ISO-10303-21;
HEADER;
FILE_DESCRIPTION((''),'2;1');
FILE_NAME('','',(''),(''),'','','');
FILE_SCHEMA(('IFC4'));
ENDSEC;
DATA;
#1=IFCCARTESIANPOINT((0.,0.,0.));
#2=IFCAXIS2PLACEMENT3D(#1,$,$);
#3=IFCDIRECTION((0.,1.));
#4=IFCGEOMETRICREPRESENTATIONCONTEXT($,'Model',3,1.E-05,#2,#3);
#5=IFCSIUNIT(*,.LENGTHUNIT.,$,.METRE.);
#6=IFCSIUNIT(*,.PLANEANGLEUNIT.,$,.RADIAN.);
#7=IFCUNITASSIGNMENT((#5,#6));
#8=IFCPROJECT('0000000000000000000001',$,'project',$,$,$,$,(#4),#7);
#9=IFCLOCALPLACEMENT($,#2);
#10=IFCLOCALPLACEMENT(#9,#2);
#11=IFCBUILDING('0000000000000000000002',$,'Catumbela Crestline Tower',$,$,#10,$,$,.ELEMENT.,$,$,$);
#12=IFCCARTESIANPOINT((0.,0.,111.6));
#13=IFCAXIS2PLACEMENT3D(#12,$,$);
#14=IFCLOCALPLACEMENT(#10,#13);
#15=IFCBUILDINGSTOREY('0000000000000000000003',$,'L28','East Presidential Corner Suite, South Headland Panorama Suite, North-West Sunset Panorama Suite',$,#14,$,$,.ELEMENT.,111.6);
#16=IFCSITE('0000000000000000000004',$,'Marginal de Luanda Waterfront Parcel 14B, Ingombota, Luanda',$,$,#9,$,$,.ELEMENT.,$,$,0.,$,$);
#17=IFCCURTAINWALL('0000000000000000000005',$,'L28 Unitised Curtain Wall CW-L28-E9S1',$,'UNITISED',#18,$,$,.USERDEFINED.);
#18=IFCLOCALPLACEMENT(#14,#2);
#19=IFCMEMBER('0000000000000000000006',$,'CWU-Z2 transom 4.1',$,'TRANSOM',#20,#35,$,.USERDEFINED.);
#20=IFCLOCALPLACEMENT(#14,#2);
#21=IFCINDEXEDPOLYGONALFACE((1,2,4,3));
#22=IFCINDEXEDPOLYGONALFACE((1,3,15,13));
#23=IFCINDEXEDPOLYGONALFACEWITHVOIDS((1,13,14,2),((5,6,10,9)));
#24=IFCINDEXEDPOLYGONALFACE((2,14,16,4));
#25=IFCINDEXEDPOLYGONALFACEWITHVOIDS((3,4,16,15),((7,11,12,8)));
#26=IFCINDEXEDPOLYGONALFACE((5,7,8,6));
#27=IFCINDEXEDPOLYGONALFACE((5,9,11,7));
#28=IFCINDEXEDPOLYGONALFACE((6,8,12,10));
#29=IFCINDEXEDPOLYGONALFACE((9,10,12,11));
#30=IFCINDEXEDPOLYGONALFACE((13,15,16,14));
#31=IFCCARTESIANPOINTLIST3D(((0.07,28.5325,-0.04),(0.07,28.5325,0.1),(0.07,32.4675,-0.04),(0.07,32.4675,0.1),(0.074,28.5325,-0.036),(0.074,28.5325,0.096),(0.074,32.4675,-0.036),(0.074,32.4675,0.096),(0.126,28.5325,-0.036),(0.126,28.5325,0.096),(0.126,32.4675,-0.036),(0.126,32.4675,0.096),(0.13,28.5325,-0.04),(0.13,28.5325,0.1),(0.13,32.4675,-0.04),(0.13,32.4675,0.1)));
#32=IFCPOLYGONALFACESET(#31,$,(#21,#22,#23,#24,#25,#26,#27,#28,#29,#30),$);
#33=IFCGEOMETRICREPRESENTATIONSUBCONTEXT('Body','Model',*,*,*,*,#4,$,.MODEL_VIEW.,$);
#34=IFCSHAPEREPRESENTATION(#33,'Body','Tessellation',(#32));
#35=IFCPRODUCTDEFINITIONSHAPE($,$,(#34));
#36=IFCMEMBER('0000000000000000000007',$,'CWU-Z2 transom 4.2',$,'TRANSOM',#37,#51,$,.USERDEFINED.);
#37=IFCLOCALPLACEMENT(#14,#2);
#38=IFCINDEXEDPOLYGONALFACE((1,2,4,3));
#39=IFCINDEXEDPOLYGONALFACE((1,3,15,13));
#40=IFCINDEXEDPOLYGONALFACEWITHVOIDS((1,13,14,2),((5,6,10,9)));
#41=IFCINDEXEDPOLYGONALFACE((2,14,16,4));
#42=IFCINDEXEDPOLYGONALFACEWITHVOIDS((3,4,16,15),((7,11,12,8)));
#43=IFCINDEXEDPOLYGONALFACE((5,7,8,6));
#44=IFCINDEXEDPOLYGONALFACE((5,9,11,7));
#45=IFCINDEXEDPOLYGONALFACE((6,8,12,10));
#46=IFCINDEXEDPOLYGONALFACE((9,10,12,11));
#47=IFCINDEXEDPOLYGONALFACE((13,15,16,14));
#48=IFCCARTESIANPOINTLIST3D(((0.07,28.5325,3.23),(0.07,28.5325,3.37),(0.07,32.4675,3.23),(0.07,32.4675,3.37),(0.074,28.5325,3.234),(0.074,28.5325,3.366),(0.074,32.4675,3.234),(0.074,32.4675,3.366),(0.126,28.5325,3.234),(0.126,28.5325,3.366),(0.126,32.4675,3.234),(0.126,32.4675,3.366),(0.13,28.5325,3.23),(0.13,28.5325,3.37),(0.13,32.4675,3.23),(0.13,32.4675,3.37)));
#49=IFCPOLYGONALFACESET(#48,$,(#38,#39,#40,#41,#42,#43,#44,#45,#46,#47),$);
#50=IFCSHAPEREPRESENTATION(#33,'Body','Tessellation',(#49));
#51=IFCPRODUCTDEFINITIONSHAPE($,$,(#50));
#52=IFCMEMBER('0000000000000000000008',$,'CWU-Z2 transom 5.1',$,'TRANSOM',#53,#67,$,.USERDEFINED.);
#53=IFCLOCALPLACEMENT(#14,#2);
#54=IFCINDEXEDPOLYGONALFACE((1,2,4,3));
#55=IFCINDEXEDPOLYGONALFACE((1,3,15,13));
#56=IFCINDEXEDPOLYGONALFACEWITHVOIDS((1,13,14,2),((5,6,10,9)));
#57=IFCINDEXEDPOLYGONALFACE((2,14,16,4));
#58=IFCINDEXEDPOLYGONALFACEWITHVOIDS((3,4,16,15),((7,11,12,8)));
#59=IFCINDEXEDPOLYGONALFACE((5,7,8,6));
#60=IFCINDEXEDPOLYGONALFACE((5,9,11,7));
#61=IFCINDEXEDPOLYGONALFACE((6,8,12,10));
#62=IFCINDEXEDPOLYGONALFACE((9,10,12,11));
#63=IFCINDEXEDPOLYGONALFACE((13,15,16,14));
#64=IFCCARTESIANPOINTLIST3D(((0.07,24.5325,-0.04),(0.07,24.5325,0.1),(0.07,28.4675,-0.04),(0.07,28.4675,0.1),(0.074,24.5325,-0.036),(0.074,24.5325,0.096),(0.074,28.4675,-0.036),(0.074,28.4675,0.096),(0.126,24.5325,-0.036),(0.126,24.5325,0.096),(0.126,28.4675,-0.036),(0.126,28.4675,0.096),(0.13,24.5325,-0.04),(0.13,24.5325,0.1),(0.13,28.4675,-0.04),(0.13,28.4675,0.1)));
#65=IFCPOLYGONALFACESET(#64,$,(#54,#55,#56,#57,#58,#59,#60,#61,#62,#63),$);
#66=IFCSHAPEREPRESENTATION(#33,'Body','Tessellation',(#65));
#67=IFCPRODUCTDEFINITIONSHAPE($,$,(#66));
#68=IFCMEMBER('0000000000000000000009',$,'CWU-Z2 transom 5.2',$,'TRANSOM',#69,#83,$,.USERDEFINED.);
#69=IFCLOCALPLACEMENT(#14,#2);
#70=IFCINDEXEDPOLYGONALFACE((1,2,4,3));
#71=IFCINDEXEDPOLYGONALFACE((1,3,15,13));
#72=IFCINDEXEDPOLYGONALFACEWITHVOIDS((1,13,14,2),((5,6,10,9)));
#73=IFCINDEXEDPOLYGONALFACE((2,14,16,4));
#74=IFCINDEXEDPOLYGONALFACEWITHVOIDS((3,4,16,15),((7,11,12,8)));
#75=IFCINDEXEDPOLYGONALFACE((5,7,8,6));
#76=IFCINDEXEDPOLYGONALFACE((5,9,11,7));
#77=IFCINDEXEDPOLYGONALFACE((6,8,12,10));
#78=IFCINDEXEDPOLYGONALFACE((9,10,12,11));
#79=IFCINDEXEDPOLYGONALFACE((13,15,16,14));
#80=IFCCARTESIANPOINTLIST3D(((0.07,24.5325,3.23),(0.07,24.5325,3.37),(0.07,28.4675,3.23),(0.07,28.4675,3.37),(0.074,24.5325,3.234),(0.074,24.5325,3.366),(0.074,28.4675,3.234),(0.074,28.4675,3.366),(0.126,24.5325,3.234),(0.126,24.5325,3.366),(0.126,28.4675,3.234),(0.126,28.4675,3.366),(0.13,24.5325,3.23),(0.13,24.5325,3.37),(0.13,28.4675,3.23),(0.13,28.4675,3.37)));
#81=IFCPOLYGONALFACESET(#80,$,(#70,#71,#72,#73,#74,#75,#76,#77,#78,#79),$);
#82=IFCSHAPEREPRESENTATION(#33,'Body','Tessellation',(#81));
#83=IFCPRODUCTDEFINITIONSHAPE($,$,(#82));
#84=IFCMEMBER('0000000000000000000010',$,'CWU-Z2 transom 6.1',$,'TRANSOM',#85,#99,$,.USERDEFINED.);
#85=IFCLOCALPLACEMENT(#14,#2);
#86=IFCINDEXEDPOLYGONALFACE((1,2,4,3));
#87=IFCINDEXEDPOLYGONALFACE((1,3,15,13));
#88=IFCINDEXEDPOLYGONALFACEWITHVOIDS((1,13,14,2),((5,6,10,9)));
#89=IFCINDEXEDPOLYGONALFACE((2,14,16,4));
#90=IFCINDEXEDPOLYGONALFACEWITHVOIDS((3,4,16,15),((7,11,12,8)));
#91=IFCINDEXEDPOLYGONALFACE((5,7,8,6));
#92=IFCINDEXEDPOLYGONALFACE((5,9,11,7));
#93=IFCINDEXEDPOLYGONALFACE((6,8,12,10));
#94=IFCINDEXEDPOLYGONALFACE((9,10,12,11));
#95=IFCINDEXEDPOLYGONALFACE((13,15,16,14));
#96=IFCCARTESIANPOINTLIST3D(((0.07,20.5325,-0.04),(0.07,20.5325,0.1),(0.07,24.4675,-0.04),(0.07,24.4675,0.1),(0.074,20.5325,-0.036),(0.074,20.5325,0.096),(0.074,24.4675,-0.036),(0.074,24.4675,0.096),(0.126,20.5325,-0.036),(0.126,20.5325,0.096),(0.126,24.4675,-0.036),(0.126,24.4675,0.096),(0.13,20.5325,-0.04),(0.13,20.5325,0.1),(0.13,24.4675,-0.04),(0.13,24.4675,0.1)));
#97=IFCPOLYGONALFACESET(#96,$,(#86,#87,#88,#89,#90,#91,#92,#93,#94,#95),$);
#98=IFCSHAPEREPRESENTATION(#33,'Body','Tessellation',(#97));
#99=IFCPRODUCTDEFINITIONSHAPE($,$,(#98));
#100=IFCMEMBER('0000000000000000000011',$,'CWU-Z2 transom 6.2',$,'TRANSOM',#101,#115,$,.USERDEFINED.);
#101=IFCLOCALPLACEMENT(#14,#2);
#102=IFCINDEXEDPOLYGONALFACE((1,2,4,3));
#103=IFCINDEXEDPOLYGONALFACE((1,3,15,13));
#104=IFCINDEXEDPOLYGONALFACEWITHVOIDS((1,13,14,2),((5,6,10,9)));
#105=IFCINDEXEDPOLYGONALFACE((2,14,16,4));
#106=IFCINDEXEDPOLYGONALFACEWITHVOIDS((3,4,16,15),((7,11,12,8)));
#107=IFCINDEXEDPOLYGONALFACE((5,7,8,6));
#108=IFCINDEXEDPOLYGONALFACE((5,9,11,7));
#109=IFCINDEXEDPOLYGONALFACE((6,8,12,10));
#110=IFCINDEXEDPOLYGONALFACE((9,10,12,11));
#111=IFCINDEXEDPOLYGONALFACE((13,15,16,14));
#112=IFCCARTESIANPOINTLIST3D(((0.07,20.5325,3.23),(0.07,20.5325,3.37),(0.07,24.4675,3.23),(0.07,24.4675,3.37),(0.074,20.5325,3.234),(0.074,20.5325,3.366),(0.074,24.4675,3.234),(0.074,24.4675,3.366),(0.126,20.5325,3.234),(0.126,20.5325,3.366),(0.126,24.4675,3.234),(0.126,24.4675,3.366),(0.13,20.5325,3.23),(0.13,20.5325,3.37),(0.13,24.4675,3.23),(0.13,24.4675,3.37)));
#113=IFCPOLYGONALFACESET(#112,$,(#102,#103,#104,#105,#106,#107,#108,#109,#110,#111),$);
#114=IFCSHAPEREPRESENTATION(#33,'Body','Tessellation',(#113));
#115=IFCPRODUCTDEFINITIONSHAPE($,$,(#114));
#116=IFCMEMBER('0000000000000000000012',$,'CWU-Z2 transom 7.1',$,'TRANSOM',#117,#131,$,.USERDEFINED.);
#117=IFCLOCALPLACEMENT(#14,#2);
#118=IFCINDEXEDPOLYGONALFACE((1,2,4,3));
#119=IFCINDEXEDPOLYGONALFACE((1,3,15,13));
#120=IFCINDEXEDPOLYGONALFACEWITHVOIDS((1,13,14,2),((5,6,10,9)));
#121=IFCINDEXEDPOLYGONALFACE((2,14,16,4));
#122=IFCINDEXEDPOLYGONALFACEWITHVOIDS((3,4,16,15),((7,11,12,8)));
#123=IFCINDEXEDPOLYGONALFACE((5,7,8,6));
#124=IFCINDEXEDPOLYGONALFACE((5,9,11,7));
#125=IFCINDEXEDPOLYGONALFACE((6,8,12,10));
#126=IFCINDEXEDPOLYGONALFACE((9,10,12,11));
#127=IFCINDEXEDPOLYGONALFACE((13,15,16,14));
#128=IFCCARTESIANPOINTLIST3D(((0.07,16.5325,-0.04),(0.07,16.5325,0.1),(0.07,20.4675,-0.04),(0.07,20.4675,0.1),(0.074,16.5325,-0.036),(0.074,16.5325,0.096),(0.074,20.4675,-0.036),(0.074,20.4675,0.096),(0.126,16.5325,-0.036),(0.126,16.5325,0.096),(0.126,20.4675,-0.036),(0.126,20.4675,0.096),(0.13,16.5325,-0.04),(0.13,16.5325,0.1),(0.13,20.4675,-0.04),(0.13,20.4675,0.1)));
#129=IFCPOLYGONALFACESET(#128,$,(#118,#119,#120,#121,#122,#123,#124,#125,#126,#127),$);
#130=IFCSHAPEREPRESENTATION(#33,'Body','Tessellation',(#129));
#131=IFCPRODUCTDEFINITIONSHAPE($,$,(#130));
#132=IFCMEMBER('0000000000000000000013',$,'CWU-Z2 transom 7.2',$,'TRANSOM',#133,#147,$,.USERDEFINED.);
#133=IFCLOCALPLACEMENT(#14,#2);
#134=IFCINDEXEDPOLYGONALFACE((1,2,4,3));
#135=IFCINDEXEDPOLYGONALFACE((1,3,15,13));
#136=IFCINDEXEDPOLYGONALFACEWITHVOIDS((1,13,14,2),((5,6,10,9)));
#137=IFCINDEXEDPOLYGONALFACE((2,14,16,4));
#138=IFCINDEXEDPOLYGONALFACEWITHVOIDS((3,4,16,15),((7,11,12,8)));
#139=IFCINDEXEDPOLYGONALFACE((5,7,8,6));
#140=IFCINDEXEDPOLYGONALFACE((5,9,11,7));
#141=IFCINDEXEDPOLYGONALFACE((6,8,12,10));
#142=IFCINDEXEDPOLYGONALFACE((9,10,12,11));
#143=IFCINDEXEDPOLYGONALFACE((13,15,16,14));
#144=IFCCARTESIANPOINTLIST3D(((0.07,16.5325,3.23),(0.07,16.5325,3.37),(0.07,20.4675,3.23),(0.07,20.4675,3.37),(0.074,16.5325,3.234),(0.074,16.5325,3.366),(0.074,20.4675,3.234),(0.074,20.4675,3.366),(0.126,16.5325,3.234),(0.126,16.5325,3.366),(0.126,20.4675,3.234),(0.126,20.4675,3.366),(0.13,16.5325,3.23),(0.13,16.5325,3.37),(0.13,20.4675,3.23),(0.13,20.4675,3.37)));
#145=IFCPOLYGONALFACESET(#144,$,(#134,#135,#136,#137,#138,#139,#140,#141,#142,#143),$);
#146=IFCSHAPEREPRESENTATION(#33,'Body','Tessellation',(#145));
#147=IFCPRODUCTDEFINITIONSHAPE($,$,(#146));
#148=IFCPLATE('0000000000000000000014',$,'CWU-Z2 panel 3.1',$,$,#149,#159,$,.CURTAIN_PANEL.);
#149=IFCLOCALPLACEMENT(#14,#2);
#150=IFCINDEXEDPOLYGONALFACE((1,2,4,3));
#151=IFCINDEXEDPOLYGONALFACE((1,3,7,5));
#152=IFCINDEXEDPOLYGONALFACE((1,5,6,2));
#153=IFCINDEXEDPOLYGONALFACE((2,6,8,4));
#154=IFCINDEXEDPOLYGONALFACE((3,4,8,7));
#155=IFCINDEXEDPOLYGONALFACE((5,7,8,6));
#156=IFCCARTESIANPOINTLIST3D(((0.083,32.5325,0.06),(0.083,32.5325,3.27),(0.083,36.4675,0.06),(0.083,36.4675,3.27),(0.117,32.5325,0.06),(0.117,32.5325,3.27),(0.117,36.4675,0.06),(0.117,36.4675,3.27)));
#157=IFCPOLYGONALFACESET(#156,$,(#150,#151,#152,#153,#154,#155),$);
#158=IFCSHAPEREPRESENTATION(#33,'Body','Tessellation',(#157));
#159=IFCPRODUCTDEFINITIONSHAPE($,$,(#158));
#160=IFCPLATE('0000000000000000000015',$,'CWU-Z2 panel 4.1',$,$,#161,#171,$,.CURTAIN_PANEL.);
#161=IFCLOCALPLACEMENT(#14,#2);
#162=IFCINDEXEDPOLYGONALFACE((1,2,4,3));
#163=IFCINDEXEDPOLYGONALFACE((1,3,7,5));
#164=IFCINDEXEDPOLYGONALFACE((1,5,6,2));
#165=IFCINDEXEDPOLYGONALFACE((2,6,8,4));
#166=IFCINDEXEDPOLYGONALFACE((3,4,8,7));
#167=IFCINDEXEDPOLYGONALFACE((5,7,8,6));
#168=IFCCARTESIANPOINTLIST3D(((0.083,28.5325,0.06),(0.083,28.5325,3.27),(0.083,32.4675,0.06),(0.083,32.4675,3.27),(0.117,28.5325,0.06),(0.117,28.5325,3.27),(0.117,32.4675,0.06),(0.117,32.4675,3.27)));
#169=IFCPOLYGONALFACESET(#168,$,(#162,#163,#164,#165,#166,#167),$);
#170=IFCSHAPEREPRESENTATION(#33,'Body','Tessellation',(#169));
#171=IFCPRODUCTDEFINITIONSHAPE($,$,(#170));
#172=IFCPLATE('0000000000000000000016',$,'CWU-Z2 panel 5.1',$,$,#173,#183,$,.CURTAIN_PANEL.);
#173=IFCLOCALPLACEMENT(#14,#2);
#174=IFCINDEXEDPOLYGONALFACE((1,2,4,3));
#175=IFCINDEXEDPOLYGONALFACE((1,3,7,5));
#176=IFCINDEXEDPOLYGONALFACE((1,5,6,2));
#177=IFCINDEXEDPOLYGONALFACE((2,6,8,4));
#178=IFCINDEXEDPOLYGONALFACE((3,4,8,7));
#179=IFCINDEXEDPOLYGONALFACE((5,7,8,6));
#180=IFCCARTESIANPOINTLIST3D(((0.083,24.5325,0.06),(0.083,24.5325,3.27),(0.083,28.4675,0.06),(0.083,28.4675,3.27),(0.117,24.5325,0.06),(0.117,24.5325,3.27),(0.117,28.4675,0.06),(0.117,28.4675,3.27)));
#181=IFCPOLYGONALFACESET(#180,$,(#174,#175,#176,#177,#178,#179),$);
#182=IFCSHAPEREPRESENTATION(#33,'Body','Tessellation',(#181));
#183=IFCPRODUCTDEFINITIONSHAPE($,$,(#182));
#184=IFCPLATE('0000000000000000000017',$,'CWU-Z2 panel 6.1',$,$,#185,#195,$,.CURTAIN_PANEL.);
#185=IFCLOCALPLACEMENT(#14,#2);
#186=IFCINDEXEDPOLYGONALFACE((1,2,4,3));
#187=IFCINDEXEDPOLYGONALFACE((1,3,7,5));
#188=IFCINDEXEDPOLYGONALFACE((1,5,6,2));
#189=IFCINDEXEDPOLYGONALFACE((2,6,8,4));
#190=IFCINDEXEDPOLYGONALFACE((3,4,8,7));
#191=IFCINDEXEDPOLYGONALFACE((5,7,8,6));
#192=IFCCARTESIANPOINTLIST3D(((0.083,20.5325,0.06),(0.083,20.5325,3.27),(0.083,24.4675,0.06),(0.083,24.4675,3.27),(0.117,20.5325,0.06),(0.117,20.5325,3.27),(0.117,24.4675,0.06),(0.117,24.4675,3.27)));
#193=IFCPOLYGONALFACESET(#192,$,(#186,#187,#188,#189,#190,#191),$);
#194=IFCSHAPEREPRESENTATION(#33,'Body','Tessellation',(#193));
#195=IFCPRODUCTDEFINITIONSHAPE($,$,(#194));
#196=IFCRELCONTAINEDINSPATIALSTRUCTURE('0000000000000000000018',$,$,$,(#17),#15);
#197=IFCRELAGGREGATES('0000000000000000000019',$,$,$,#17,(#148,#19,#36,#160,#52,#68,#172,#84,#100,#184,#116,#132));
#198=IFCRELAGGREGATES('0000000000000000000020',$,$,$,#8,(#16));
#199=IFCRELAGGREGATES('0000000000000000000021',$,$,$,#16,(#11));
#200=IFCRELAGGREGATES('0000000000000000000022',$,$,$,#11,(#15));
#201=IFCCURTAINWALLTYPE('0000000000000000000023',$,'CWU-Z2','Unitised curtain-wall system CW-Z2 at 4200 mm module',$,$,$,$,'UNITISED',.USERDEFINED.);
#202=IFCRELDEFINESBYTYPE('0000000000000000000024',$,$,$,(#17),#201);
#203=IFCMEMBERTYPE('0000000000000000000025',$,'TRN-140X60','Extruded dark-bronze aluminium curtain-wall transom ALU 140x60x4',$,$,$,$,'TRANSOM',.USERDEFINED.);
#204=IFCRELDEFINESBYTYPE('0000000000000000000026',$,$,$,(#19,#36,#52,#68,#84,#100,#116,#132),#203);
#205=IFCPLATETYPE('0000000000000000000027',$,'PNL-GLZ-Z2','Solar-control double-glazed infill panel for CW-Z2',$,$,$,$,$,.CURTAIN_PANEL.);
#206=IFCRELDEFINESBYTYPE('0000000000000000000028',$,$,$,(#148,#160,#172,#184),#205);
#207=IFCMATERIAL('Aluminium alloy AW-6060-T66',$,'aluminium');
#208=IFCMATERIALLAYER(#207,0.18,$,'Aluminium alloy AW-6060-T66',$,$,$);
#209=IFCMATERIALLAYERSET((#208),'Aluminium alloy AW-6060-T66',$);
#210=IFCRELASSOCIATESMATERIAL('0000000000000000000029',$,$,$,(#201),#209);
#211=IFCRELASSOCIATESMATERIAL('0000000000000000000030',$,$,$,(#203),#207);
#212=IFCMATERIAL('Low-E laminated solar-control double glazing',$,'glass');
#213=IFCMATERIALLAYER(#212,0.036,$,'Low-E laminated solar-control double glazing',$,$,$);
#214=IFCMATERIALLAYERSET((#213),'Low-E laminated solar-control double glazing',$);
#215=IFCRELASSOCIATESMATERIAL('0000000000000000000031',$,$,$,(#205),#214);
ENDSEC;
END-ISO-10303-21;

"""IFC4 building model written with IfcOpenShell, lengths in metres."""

from ifc_helpers import new_model, si_unit, direction, frame, origin, origin_2d, place, context, subcontext, project, spatial, rectangle, hollow_rectangle, extrude, material, layer, layer_set, material_profile, profile_set, type_object, element, aggregate, save


model = new_model("IFC4")

# Units and contexts
model_context = context("Model", 3, precision=1e-05, world=origin(), true_north=direction((0.0, 1.0)))
body_context = subcontext(model_context, "Body", "Model", "MODEL_VIEW")
ifc_project = project(units=[si_unit("LENGTHUNIT", "METRE"), si_unit("PLANEANGLEUNIT", "RADIAN")], contexts=[model_context])

# Site, building, storey
site_placement = place(None, origin())
site = spatial("IfcSite", under=ifc_project, at=site_placement, Name="Marginal de Luanda Waterfront Parcel 14B, Ingombota, Luanda", CompositionType="ELEMENT", RefElevation=0.0)
building_placement = place(site_placement, origin())
building = spatial("IfcBuilding", under=site, at=building_placement, Name="Catumbela Crestline Tower", CompositionType="ELEMENT")
storey_placement = place(building_placement, frame((0.0, 0.0, 111.6)))
storey = spatial("IfcBuildingStorey", under=building, at=storey_placement, Name="L28", Description="East Presidential Corner Suite, South Headland Panorama Suite, North-West Sunset Panorama Suite", CompositionType="ELEMENT", Elevation=111.6)

# Curtain wall
ifc_material_1 = material(Name="Aluminium alloy AW-6060-T66", Category="aluminium")
ifc_layer_1 = layer(ifc_material_1, 0.18, Name="Aluminium alloy AW-6060-T66")
ifc_layer_set_1 = layer_set([ifc_layer_1], Name="Aluminium alloy AW-6060-T66")
curtain_wall_type = type_object("IfcCurtainWallType", Name="CWU-Z2", Description="Unitised curtain-wall system CW-Z2 at 4200 mm module", ElementType="UNITISED", PredefinedType="USERDEFINED", material=ifc_layer_set_1)
curtain_wall_placement = place(storey_placement, origin())
curtain_wall = element("IfcCurtainWall", 1, at=curtain_wall_placement, inside=storey, type_object=curtain_wall_type, Name="L28 Unitised Curtain Wall CW-L28-E9S1", ObjectType="UNITISED", PredefinedType="USERDEFINED")

# Members
ifc_material_profile_1 = material_profile(ifc_material_1, hollow_rectangle(XDim=0.06, YDim=0.14, WallThickness=0.004, at=origin_2d()), Name="ALU 140x60x4")
ifc_profile_set_1 = profile_set([ifc_material_profile_1], Name="Aluminium alloy AW-6060-T66")
member_type_1 = type_object("IfcMemberType", Name="TRN-140X60", Description="Extruded dark-bronze aluminium curtain-wall transom ALU 140x60x4", ElementType="TRANSOM", PredefinedType="USERDEFINED", material=ifc_profile_set_1)
member_1_placement = place(storey_placement, frame((0.1, 32.4675, 0.03), z_axis=(0.0, -1.0, 0.0), x_axis=(1.0, 0.0, 0.0)))
member_1 = element("IfcMember", 2, at=member_1_placement, type_object=member_type_1, Name="CWU-Z2 transom 4.1", ObjectType="TRANSOM", PredefinedType="USERDEFINED", context=body_context, shape_type="SweptSolid", body=[
    extrude(hollow_rectangle(XDim=0.06, YDim=0.14, WallThickness=0.004, at=origin_2d()), origin(), (0.0, 0.0, 1.0), 3.935),
])
member_2_placement = place(storey_placement, frame((0.1, 32.4675, 3.3), z_axis=(0.0, -1.0, 0.0), x_axis=(1.0, 0.0, 0.0)))
member_2 = element("IfcMember", 3, at=member_2_placement, type_object=member_type_1, Name="CWU-Z2 transom 4.2", ObjectType="TRANSOM", PredefinedType="USERDEFINED", context=body_context, shape_type="SweptSolid", body=[
    extrude(hollow_rectangle(XDim=0.06, YDim=0.14, WallThickness=0.004, at=origin_2d()), origin(), (0.0, 0.0, 1.0), 3.935),
])
member_3_placement = place(storey_placement, frame((0.1, 28.4675, 0.03), z_axis=(0.0, -1.0, 0.0), x_axis=(1.0, 0.0, 0.0)))
member_3 = element("IfcMember", 4, at=member_3_placement, type_object=member_type_1, Name="CWU-Z2 transom 5.1", ObjectType="TRANSOM", PredefinedType="USERDEFINED", context=body_context, shape_type="SweptSolid", body=[
    extrude(hollow_rectangle(XDim=0.06, YDim=0.14, WallThickness=0.004, at=origin_2d()), origin(), (0.0, 0.0, 1.0), 3.935),
])
member_4_placement = place(storey_placement, frame((0.1, 28.4675, 3.3), z_axis=(0.0, -1.0, 0.0), x_axis=(1.0, 0.0, 0.0)))
member_4 = element("IfcMember", 5, at=member_4_placement, type_object=member_type_1, Name="CWU-Z2 transom 5.2", ObjectType="TRANSOM", PredefinedType="USERDEFINED", context=body_context, shape_type="SweptSolid", body=[
    extrude(hollow_rectangle(XDim=0.06, YDim=0.14, WallThickness=0.004, at=origin_2d()), origin(), (0.0, 0.0, 1.0), 3.935),
])
member_5_placement = place(storey_placement, frame((0.1, 24.4675, 0.03), z_axis=(0.0, -1.0, 0.0), x_axis=(1.0, 0.0, 0.0)))
member_5 = element("IfcMember", 6, at=member_5_placement, type_object=member_type_1, Name="CWU-Z2 transom 6.1", ObjectType="TRANSOM", PredefinedType="USERDEFINED", context=body_context, shape_type="SweptSolid", body=[
    extrude(hollow_rectangle(XDim=0.06, YDim=0.14, WallThickness=0.004, at=origin_2d()), origin(), (0.0, 0.0, 1.0), 3.935),
])
member_6_placement = place(storey_placement, frame((0.1, 24.4675, 3.3), z_axis=(0.0, -1.0, 0.0), x_axis=(1.0, 0.0, 0.0)))
member_6 = element("IfcMember", 7, at=member_6_placement, type_object=member_type_1, Name="CWU-Z2 transom 6.2", ObjectType="TRANSOM", PredefinedType="USERDEFINED", context=body_context, shape_type="SweptSolid", body=[
    extrude(hollow_rectangle(XDim=0.06, YDim=0.14, WallThickness=0.004, at=origin_2d()), origin(), (0.0, 0.0, 1.0), 3.935),
])
member_7_placement = place(storey_placement, frame((0.1, 20.4675, 0.03), z_axis=(0.0, -1.0, 0.0), x_axis=(1.0, 0.0, 0.0)))
member_7 = element("IfcMember", 8, at=member_7_placement, type_object=member_type_1, Name="CWU-Z2 transom 7.1", ObjectType="TRANSOM", PredefinedType="USERDEFINED", context=body_context, shape_type="SweptSolid", body=[
    extrude(hollow_rectangle(XDim=0.06, YDim=0.14, WallThickness=0.004, at=origin_2d()), origin(), (0.0, 0.0, 1.0), 3.935),
])
member_8_placement = place(storey_placement, frame((0.1, 20.4675, 3.3), z_axis=(0.0, -1.0, 0.0), x_axis=(1.0, 0.0, 0.0)))
member_8 = element("IfcMember", 9, at=member_8_placement, type_object=member_type_1, Name="CWU-Z2 transom 7.2", ObjectType="TRANSOM", PredefinedType="USERDEFINED", context=body_context, shape_type="SweptSolid", body=[
    extrude(hollow_rectangle(XDim=0.06, YDim=0.14, WallThickness=0.004, at=origin_2d()), origin(), (0.0, 0.0, 1.0), 3.935),
])

# Plates
ifc_material_2 = material(Name="Low-E laminated solar-control double glazing", Category="glass")
ifc_layer_2 = layer(ifc_material_2, 0.036, Name="Low-E laminated solar-control double glazing")
ifc_layer_set_2 = layer_set([ifc_layer_2], Name="Low-E laminated solar-control double glazing")
plate_type = type_object("IfcPlateType", Name="PNL-GLZ-Z2", Description="Solar-control double-glazed infill panel for CW-Z2", PredefinedType="CURTAIN_PANEL", material=ifc_layer_set_2)
plate_1_placement = place(storey_placement, frame((0.1, 34.5, 0.06), z_axis=(0.0, 0.0, 1.0), x_axis=(0.0, -1.0, 0.0)))
plate_1 = element("IfcPlate", 10, at=plate_1_placement, type_object=plate_type, Name="CWU-Z2 panel 3.1", PredefinedType="CURTAIN_PANEL", context=body_context, shape_type="SweptSolid", body=[
    extrude(rectangle(XDim=3.935, YDim=0.034, at=origin_2d()), origin(), (0.0, 0.0, 1.0), 3.21),
])
plate_2_placement = place(storey_placement, frame((0.1, 30.5, 0.06), z_axis=(0.0, 0.0, 1.0), x_axis=(0.0, -1.0, 0.0)))
plate_2 = element("IfcPlate", 11, at=plate_2_placement, type_object=plate_type, Name="CWU-Z2 panel 4.1", PredefinedType="CURTAIN_PANEL", context=body_context, shape_type="SweptSolid", body=[
    extrude(rectangle(XDim=3.935, YDim=0.034, at=origin_2d()), origin(), (0.0, 0.0, 1.0), 3.21),
])
plate_3_placement = place(storey_placement, frame((0.1, 26.5, 0.06), z_axis=(0.0, 0.0, 1.0), x_axis=(0.0, -1.0, 0.0)))
plate_3 = element("IfcPlate", 12, at=plate_3_placement, type_object=plate_type, Name="CWU-Z2 panel 5.1", PredefinedType="CURTAIN_PANEL", context=body_context, shape_type="SweptSolid", body=[
    extrude(rectangle(XDim=3.935, YDim=0.034, at=origin_2d()), origin(), (0.0, 0.0, 1.0), 3.21),
])
plate_4_placement = place(storey_placement, frame((0.1, 22.5, 0.06), z_axis=(0.0, 0.0, 1.0), x_axis=(0.0, -1.0, 0.0)))
plate_4 = element("IfcPlate", 13, at=plate_4_placement, type_object=plate_type, Name="CWU-Z2 panel 6.1", PredefinedType="CURTAIN_PANEL", context=body_context, shape_type="SweptSolid", body=[
    extrude(rectangle(XDim=3.935, YDim=0.034, at=origin_2d()), origin(), (0.0, 0.0, 1.0), 3.21),
])
aggregate(curtain_wall, [plate_1, member_1, member_2, plate_2, member_3, member_4, plate_3, member_5, member_6, plate_4, member_7, member_8])

save(model, "model.ifc")
